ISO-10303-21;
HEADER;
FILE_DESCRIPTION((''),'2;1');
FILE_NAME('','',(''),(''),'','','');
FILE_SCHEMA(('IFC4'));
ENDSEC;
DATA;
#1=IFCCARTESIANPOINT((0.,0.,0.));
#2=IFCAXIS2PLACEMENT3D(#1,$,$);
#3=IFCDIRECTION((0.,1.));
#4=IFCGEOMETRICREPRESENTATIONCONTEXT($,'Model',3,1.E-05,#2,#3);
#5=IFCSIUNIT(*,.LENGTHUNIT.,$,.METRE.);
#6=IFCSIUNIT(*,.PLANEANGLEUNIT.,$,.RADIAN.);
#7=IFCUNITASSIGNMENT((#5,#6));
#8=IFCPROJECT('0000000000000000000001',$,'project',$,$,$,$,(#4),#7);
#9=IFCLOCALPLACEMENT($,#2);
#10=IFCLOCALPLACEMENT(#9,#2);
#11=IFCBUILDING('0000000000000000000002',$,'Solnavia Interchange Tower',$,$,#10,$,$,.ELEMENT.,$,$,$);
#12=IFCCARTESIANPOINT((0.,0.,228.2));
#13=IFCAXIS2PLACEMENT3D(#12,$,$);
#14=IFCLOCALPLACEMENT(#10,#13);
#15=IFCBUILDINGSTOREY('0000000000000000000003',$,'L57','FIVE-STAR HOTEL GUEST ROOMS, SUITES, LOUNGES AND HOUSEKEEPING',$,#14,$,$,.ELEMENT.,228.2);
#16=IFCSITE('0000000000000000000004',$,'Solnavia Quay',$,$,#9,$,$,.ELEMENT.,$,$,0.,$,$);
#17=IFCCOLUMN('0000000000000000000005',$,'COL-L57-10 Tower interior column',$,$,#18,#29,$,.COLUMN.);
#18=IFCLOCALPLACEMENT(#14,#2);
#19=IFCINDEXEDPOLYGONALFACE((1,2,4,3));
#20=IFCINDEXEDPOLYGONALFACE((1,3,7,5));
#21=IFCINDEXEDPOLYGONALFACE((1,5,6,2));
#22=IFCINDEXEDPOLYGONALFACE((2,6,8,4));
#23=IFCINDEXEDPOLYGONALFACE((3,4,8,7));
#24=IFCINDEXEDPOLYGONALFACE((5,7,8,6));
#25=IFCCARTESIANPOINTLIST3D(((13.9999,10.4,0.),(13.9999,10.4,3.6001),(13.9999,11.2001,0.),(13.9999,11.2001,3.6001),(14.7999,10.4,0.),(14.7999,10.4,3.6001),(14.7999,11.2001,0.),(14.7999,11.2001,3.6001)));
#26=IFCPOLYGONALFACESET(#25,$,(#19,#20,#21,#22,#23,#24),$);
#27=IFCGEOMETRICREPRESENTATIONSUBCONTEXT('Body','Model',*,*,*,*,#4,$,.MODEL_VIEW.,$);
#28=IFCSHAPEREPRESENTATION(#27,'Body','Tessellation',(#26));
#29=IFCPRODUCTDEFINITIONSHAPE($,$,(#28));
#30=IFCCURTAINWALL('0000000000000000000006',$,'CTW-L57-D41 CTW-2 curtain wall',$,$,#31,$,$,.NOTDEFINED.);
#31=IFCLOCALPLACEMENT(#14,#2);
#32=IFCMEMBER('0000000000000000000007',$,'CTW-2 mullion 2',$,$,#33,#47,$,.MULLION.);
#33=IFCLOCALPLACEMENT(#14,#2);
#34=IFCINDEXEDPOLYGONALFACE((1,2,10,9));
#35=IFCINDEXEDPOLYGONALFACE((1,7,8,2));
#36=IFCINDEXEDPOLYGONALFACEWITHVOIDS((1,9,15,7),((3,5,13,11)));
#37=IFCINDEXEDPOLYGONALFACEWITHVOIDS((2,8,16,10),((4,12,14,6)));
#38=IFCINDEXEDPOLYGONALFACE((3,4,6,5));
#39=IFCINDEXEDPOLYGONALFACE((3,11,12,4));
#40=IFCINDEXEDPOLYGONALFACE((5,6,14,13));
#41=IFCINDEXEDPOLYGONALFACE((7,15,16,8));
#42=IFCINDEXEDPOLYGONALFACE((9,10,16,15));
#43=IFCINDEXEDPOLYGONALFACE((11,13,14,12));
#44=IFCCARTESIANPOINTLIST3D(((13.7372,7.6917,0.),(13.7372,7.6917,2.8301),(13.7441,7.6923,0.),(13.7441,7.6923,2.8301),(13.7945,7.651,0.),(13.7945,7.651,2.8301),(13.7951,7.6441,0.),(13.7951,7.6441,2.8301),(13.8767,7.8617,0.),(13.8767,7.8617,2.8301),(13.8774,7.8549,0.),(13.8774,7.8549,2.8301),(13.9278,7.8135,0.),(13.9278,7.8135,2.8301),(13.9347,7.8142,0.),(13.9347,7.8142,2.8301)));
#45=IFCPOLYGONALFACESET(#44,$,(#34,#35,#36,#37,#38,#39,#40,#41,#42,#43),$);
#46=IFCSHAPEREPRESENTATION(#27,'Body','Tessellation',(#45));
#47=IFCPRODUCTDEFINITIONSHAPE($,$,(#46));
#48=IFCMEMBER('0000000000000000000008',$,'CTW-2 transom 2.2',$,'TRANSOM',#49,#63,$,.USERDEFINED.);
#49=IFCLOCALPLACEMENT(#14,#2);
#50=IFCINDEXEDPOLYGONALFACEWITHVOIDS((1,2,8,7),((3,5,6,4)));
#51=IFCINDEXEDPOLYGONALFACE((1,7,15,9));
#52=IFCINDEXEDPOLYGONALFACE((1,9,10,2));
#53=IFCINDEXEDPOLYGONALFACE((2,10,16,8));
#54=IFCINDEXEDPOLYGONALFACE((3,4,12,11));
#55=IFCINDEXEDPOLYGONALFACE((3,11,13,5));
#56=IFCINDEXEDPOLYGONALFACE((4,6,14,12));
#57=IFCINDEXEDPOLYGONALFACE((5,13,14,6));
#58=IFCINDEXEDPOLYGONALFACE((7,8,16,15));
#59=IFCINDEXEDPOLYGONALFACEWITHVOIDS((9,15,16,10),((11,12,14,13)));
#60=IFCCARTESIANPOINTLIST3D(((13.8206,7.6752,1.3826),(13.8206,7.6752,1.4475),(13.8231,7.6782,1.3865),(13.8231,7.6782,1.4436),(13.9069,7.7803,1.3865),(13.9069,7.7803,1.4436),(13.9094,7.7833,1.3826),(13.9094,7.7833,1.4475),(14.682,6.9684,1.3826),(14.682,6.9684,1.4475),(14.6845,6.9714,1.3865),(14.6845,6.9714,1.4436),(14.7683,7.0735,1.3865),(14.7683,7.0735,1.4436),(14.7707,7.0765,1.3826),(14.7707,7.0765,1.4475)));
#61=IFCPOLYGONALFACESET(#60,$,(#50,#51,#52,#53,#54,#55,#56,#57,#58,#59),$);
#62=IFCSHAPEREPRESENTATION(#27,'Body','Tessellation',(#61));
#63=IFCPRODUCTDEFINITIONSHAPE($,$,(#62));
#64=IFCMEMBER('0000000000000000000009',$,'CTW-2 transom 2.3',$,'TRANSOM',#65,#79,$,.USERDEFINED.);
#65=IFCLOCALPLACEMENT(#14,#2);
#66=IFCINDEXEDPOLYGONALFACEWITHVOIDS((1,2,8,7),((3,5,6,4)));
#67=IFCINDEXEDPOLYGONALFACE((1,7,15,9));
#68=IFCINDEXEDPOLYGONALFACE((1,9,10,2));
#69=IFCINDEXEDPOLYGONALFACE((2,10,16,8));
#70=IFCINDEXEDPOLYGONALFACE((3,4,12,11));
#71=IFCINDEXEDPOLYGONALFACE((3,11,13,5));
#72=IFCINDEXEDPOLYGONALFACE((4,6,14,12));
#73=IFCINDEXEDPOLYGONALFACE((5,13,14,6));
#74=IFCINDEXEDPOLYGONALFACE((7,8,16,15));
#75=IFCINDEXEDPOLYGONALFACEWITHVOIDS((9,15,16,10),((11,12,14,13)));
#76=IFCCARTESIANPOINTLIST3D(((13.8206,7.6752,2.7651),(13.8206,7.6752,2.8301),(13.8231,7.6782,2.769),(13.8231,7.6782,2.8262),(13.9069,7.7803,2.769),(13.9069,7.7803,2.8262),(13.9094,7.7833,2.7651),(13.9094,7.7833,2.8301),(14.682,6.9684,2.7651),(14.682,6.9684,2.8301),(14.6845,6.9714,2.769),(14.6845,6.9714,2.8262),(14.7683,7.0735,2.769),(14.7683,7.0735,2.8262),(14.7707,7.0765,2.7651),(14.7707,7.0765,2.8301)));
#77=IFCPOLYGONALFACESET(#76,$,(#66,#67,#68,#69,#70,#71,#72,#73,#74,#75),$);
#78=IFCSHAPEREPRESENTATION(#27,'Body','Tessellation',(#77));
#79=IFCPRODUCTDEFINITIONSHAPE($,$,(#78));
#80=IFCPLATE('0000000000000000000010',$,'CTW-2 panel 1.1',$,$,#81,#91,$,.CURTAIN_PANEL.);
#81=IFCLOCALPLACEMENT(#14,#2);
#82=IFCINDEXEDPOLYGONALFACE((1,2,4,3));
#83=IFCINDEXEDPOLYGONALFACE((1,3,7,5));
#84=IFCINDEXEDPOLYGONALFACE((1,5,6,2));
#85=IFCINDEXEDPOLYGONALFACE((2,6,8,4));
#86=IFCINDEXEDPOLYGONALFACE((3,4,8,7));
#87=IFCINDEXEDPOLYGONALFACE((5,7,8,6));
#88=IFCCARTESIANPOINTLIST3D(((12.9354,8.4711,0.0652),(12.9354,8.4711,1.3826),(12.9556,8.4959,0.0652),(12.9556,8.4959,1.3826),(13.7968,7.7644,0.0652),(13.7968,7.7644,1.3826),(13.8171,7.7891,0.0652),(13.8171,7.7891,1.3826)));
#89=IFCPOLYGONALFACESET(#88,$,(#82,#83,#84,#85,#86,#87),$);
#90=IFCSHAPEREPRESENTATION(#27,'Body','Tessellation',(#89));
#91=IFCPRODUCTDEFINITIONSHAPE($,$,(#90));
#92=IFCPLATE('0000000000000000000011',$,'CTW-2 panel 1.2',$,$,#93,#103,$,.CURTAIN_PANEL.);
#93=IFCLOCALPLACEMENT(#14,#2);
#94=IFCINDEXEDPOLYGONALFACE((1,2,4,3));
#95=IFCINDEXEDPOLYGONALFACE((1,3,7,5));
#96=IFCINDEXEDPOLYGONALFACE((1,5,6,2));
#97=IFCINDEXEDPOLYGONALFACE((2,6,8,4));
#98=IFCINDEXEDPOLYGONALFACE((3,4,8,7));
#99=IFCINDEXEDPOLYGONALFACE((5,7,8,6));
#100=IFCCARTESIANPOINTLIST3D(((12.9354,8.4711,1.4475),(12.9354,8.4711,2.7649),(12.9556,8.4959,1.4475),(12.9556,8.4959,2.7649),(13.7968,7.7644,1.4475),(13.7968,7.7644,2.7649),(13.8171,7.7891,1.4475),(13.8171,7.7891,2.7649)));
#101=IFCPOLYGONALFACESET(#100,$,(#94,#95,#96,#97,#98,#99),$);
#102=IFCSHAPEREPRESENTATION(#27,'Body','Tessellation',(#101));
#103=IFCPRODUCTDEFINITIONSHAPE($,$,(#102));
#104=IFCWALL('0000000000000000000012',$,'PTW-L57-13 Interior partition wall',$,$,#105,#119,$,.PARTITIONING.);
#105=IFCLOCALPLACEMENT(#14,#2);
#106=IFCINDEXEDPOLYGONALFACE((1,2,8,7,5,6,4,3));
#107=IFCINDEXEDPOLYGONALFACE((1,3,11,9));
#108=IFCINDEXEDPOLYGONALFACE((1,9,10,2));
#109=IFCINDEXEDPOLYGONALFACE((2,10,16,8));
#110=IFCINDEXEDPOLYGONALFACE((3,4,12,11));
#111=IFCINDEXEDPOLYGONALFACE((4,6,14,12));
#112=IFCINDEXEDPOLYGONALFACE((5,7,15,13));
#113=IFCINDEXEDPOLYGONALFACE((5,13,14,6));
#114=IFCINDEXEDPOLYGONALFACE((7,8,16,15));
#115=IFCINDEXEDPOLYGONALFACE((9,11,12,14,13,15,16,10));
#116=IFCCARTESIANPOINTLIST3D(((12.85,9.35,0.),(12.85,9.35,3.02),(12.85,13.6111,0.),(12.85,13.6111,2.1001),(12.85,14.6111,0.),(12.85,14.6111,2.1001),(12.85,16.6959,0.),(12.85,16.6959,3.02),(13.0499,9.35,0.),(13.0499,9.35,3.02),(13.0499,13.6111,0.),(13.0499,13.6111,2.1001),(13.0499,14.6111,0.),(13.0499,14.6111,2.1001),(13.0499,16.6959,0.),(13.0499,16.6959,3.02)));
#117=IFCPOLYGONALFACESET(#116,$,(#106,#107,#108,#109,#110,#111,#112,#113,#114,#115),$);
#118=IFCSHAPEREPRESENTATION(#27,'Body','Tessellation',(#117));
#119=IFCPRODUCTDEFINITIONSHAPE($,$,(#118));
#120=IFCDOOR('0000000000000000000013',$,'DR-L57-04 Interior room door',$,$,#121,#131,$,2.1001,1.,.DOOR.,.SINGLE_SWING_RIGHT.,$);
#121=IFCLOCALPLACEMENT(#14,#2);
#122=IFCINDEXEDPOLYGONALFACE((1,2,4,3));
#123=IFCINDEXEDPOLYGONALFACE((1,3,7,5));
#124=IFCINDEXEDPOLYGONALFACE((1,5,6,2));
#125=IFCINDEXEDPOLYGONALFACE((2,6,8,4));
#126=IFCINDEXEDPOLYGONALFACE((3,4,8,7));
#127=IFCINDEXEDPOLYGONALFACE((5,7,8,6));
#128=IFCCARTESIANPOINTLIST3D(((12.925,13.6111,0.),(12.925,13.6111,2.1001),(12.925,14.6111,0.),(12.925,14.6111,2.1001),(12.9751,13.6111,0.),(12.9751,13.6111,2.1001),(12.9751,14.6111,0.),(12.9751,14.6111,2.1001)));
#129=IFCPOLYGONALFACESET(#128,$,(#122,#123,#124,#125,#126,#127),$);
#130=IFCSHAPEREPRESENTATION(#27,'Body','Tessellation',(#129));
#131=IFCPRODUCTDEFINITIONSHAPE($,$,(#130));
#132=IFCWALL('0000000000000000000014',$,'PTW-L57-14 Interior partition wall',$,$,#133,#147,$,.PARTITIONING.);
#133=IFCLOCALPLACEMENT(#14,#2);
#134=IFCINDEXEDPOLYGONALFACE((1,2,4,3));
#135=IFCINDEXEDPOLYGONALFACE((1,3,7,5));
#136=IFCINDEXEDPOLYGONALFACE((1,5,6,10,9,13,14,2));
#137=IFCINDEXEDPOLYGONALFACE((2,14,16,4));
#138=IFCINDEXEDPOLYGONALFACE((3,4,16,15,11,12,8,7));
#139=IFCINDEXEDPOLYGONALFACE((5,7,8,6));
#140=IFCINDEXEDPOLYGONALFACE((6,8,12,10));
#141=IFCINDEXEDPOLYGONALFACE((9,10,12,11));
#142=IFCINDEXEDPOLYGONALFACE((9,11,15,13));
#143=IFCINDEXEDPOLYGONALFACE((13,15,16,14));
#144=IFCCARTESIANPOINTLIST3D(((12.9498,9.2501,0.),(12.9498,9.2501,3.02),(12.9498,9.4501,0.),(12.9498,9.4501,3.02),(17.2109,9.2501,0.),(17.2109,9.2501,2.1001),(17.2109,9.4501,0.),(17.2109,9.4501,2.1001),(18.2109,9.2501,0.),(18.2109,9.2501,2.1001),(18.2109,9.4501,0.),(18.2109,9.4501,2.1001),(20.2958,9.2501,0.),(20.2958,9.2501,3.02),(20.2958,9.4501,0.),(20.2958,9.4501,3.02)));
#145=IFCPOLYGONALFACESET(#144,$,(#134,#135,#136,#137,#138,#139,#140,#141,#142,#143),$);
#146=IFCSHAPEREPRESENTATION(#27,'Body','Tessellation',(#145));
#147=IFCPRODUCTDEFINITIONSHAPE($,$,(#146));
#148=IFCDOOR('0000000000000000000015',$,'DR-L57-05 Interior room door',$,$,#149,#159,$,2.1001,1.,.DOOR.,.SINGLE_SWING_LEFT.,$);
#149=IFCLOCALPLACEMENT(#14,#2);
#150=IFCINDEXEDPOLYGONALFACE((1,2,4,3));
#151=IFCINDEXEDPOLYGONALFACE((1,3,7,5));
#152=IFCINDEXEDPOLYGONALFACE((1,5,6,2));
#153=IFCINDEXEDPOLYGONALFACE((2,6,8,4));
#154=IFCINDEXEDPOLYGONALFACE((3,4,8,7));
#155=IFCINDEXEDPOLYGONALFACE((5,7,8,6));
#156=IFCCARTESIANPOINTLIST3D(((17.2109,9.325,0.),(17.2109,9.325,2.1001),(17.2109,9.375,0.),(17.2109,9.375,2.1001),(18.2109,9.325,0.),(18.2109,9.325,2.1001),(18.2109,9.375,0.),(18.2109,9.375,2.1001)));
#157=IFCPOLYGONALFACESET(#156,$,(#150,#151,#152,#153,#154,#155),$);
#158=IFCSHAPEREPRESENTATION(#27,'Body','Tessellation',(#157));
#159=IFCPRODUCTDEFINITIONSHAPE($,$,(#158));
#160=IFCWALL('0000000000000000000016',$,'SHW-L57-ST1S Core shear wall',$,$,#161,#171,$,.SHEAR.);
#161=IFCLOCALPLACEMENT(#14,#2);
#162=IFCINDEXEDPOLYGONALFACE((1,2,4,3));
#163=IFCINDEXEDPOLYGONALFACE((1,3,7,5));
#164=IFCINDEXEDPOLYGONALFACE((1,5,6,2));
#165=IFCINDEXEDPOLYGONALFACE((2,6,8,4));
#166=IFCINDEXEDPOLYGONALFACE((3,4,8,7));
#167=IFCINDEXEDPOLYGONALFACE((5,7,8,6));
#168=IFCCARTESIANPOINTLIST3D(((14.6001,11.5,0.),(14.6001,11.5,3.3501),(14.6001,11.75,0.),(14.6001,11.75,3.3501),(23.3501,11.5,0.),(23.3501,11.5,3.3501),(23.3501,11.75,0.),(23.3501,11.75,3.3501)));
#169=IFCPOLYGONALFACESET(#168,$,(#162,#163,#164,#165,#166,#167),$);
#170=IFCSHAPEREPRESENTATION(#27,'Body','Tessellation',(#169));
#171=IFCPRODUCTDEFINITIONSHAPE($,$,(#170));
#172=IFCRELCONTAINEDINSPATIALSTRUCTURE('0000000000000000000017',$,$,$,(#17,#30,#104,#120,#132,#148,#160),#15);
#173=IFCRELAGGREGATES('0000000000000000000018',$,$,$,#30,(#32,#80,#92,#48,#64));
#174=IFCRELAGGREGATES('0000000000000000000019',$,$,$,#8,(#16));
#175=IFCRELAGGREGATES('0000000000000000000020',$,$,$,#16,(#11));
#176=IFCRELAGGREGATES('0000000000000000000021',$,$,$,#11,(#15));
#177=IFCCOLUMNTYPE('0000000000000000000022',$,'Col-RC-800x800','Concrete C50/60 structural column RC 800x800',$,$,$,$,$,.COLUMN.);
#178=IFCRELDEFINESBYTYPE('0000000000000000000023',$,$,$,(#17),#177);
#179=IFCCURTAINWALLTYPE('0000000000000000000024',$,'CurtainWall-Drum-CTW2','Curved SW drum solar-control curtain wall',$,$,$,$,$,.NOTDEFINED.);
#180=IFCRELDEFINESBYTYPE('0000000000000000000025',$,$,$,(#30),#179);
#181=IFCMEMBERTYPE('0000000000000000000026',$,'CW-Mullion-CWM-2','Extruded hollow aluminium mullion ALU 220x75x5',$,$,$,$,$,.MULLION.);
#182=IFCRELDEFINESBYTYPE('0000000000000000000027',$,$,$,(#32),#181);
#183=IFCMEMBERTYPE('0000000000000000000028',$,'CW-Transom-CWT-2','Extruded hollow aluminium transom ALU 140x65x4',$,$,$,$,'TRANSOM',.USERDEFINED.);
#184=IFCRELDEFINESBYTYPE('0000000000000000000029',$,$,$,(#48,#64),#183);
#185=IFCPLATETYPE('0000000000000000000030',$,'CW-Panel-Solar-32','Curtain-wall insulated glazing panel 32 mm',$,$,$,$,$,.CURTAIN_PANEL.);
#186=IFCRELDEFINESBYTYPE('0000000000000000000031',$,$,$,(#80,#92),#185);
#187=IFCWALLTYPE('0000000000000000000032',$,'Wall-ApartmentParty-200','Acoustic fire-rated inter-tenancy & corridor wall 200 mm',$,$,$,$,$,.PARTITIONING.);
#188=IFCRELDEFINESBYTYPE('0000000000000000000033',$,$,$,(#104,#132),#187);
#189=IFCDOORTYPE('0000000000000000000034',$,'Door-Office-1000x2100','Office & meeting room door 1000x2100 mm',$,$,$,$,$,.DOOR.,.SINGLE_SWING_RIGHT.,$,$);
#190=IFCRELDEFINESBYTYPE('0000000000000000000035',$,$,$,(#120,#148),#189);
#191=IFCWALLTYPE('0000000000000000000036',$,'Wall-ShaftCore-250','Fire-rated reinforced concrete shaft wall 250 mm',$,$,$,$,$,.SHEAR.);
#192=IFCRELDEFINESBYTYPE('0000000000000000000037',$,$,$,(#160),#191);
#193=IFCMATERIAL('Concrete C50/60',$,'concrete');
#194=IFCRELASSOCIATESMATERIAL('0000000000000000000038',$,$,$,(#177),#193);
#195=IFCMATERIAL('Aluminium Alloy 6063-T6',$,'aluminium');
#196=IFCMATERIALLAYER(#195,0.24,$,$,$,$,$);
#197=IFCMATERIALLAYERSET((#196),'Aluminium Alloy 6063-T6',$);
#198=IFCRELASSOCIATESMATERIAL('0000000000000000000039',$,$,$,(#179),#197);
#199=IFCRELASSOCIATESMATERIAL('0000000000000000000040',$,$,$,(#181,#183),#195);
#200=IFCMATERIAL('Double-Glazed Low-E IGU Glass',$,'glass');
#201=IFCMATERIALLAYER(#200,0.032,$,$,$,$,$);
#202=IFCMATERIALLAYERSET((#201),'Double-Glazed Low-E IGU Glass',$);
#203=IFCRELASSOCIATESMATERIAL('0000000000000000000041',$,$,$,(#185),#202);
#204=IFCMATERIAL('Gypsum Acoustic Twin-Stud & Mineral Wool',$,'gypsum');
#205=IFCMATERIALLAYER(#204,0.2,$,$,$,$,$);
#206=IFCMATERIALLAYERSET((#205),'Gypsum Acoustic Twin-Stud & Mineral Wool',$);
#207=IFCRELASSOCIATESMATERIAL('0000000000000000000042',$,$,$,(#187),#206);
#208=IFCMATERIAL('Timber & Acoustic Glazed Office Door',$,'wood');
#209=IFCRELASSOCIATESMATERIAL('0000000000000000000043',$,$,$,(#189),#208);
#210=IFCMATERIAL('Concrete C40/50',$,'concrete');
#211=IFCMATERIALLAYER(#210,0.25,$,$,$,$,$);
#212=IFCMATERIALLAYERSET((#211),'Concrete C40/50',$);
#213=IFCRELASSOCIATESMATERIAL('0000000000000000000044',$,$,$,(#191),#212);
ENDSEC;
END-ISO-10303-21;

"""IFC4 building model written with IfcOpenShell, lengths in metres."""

from ifc_helpers import new_model, si_unit, direction, frame, frame_2d, origin, origin_2d, place, context, subcontext, project, spatial, rectangle, hollow_rectangle, extrude, material, layer, layer_set, material_profile, profile_set, type_object, element, fill, aggregate, save


model = new_model("IFC4")

# Units and contexts
model_context = context("Model", 3, precision=1e-05, world=origin(), true_north=direction((0.0, 1.0)))
body_context = subcontext(model_context, "Body", "Model", "MODEL_VIEW")
ifc_project = project(units=[si_unit("LENGTHUNIT", "METRE"), si_unit("PLANEANGLEUNIT", "RADIAN")], contexts=[model_context])

# Site, building, storey
site_placement = place(None, origin())
site = spatial("IfcSite", under=ifc_project, at=site_placement, Name="Solnavia Quay", CompositionType="ELEMENT", RefElevation=0.0)
building_placement = place(site_placement, origin())
building = spatial("IfcBuilding", under=site, at=building_placement, Name="Solnavia Interchange Tower", CompositionType="ELEMENT")
storey_placement = place(building_placement, frame((0.0, 0.0, 228.2)))
storey = spatial("IfcBuildingStorey", under=building, at=storey_placement, Name="L57", Description="FIVE-STAR HOTEL GUEST ROOMS, SUITES, LOUNGES AND HOUSEKEEPING", CompositionType="ELEMENT", Elevation=228.2)

# Column
ifc_material_1 = material(Name="Concrete C50/60", Category="concrete")
ifc_material_profile_1 = material_profile(ifc_material_1, rectangle(XDim=0.8, YDim=0.8, at=origin_2d()), Name="RC 800x800")
ifc_profile_set_1 = profile_set([ifc_material_profile_1], Name="Concrete C50/60")
column_type = type_object("IfcColumnType", Name="Col-RC-800x800", Description="Concrete C50/60 structural column RC 800x800", PredefinedType="COLUMN", material=ifc_profile_set_1)
column_placement = place(storey_placement, frame((14.3999, 10.8, 0.0), z_axis=(0.0, 0.0, 1.0), x_axis=(1.0, 0.0, 0.0)))
element("IfcColumn", 1, at=column_placement, inside=storey, type_object=column_type, Name="COL-L57-10 Tower interior column", PredefinedType="COLUMN", context=body_context, shape_type="SweptSolid", body=[
    extrude(rectangle(XDim=0.8, YDim=0.8, at=origin_2d()), origin(), (0.0, 0.0, 1.0), 3.6001),
])

# Curtain wall, members, plates
ifc_material_2 = material(Name="Aluminium Alloy 6063-T6", Category="aluminium")
ifc_layer_1 = layer(ifc_material_2, 0.24)
ifc_layer_set_1 = layer_set([ifc_layer_1], Name="Aluminium Alloy 6063-T6")
curtain_wall_type = type_object("IfcCurtainWallType", Name="CurtainWall-Drum-CTW2", Description="Curved SW drum solar-control curtain wall", PredefinedType="NOTDEFINED", material=ifc_layer_set_1)
curtain_wall_placement = place(storey_placement, origin())
curtain_wall = element("IfcCurtainWall", 2, at=curtain_wall_placement, inside=storey, type_object=curtain_wall_type, Name="CTW-L57-D41 CTW-2 curtain wall", PredefinedType="NOTDEFINED")
ifc_material_profile_2 = material_profile(ifc_material_2, hollow_rectangle(XDim=0.075, YDim=0.22, WallThickness=0.0049, at=origin_2d()), Name="ALU 220x75x5")
ifc_profile_set_2 = profile_set([ifc_material_profile_2], Name="Aluminium Alloy 6063-T6")
member_type_1 = type_object("IfcMemberType", Name="CW-Mullion-CWM-2", Description="Extruded hollow aluminium mullion ALU 220x75x5", PredefinedType="MULLION", material=ifc_profile_set_2)
member_1_placement = place(storey_placement, frame((13.8359, 7.7529, 0.0), z_axis=(0.0, 0.0, 1.0), x_axis=(0.773103, -0.63428, 0.0)))
member_1 = element("IfcMember", 3, at=member_1_placement, type_object=member_type_1, Name="CTW-2 mullion 2", PredefinedType="MULLION", context=body_context, shape_type="SweptSolid", body=[
    extrude(hollow_rectangle(XDim=0.075, YDim=0.22, WallThickness=0.0049, at=origin_2d()), origin(), (0.0, 0.0, 1.0), 2.8301),
])
ifc_material_profile_3 = material_profile(ifc_material_2, hollow_rectangle(XDim=0.0649, YDim=0.1399, WallThickness=0.0039, at=origin_2d()), Name="ALU 140x65x4")
ifc_profile_set_3 = profile_set([ifc_material_profile_3], Name="Aluminium Alloy 6063-T6")
member_type_2 = type_object("IfcMemberType", Name="CW-Transom-CWT-2", Description="Extruded hollow aluminium transom ALU 140x65x4", ElementType="TRANSOM", PredefinedType="USERDEFINED", material=ifc_profile_set_3)
member_2_placement = place(storey_placement, frame((13.865, 7.7292, 1.415), z_axis=(0.773049, -0.634347, 0.0), x_axis=(0.0, 0.0, 1.0)))
member_2 = element("IfcMember", 4, at=member_2_placement, type_object=member_type_2, Name="CTW-2 transom 2.2", ObjectType="TRANSOM", PredefinedType="USERDEFINED", context=body_context, shape_type="SweptSolid", body=[
    extrude(hollow_rectangle(XDim=0.0649, YDim=0.1399, WallThickness=0.0039, at=origin_2d()), origin(), (0.0, 0.0, 1.0), 1.1143),
])
member_3_placement = place(storey_placement, frame((13.865, 7.7292, 2.7976), z_axis=(0.773049, -0.634347, 0.0), x_axis=(0.0, 0.0, 1.0)))
member_3 = element("IfcMember", 5, at=member_3_placement, type_object=member_type_2, Name="CTW-2 transom 2.3", ObjectType="TRANSOM", PredefinedType="USERDEFINED", context=body_context, shape_type="SweptSolid", body=[
    extrude(hollow_rectangle(XDim=0.0649, YDim=0.1399, WallThickness=0.0039, at=origin_2d()), origin(), (0.0, 0.0, 1.0), 1.1143),
])
ifc_material_3 = material(Name="Double-Glazed Low-E IGU Glass", Category="glass")
ifc_layer_2 = layer(ifc_material_3, 0.032)
ifc_layer_set_2 = layer_set([ifc_layer_2], Name="Double-Glazed Low-E IGU Glass")
plate_type = type_object("IfcPlateType", Name="CW-Panel-Solar-32", Description="Curtain-wall insulated glazing panel 32 mm", PredefinedType="CURTAIN_PANEL", material=ifc_layer_set_2)
plate_1_placement = place(storey_placement, frame((13.3762, 8.1301, 0.0652), z_axis=(0.0, 0.0, 1.0), x_axis=(0.773103, -0.63428, 0.0)))
plate_1 = element("IfcPlate", 6, at=plate_1_placement, type_object=plate_type, Name="CTW-2 panel 1.1", PredefinedType="CURTAIN_PANEL", context=body_context, shape_type="SweptSolid", body=[
    extrude(rectangle(XDim=1.1143, YDim=0.032, at=origin_2d()), origin(), (0.0, 0.0, 1.0), 1.3174),
])
plate_2_placement = place(storey_placement, frame((13.3762, 8.1301, 1.4475), z_axis=(0.0, 0.0, 1.0), x_axis=(0.773103, -0.63428, 0.0)))
plate_2 = element("IfcPlate", 7, at=plate_2_placement, type_object=plate_type, Name="CTW-2 panel 1.2", PredefinedType="CURTAIN_PANEL", context=body_context, shape_type="SweptSolid", body=[
    extrude(rectangle(XDim=1.1143, YDim=0.032, at=origin_2d()), origin(), (0.0, 0.0, 1.0), 1.3174),
])
aggregate(curtain_wall, [member_1, plate_1, plate_2, member_2, member_3])

# Walls, openings, doors
ifc_material_4 = material(Name="Gypsum Acoustic Twin-Stud & Mineral Wool", Category="gypsum")
ifc_layer_3 = layer(ifc_material_4, 0.2)
ifc_layer_set_3 = layer_set([ifc_layer_3], Name="Gypsum Acoustic Twin-Stud & Mineral Wool")
wall_type_1 = type_object("IfcWallType", Name="Wall-ApartmentParty-200", Description="Acoustic fire-rated inter-tenancy & corridor wall 200 mm", PredefinedType="PARTITIONING", material=ifc_layer_set_3)
wall_1_placement = place(storey_placement, frame((12.95, 9.3501, 0.0), z_axis=(0.0, 0.0, 1.0), x_axis=(0.0, 1.0, 0.0)))
wall_1 = element("IfcWall", 8, at=wall_1_placement, inside=storey, type_object=wall_type_1, Name="PTW-L57-13 Interior partition wall", PredefinedType="PARTITIONING", context=body_context, shape_type="SweptSolid", body=[
    extrude(rectangle(XDim=7.3459, YDim=0.2, at=frame_2d((3.6729, 0.0))), origin(), (0.0, 0.0, 1.0), 3.02),
])
opening_1_placement = place(wall_1_placement, frame((4.261, 0.0, 0.0)))
opening_1 = element("IfcOpeningElement", 9, at=opening_1_placement, cuts=wall_1, PredefinedType="OPENING", context=body_context, shape_type="SweptSolid", body=[
    extrude(rectangle(XDim=1.0, YDim=2.1001, at=frame_2d((0.5, 1.05))), frame((0.0, 0.1099, 0.0), z_axis=(0.0, -1.0, 0.0), x_axis=(1.0, 0.0, 0.0)), (0.0, 0.0, 1.0), 0.22),
])
ifc_material_5 = material(Name="Timber & Acoustic Glazed Office Door", Category="wood")
door_type_1 = type_object("IfcDoorType", Name="Door-Office-1000x2100", Description="Office & meeting room door 1000x2100 mm", OperationType="SINGLE_SWING_RIGHT", PredefinedType="DOOR", material=ifc_material_5)
door_1_placement = place(opening_1_placement, origin())
door_1 = element("IfcDoor", 10, at=door_1_placement, inside=storey, type_object=door_type_1, Name="DR-L57-04 Interior room door", OperationType="SINGLE_SWING_RIGHT", OverallHeight=2.1001, OverallWidth=1.0, PredefinedType="DOOR", context=body_context, shape_type="SweptSolid", body=[
    extrude(rectangle(XDim=1.0, YDim=2.1001, at=frame_2d((0.5, 1.05))), frame((0.0, 0.0249, 0.0), z_axis=(0.0, -1.0, 0.0), x_axis=(1.0, 0.0, 0.0)), (0.0, 0.0, 1.0), 0.05),
])
fill(opening_1, door_1)
wall_2_placement = place(storey_placement, frame((12.95, 9.3501, 0.0), z_axis=(0.0, 0.0, 1.0), x_axis=(1.0, 0.0, 0.0)))
wall_2 = element("IfcWall", 11, at=wall_2_placement, inside=storey, type_object=wall_type_1, Name="PTW-L57-14 Interior partition wall", PredefinedType="PARTITIONING", context=body_context, shape_type="SweptSolid", body=[
    extrude(rectangle(XDim=7.3459, YDim=0.2, at=frame_2d((3.6729, 0.0))), origin(), (0.0, 0.0, 1.0), 3.02),
])
opening_2_placement = place(wall_2_placement, frame((4.261, 0.0, 0.0)))
opening_2 = element("IfcOpeningElement", 12, at=opening_2_placement, cuts=wall_2, PredefinedType="OPENING", context=body_context, shape_type="SweptSolid", body=[
    extrude(rectangle(XDim=1.0, YDim=2.1001, at=frame_2d((0.5, 1.05))), frame((0.0, 0.1099, 0.0), z_axis=(0.0, -1.0, 0.0), x_axis=(1.0, 0.0, 0.0)), (0.0, 0.0, 1.0), 0.22),
])
door_2_placement = place(opening_2_placement, origin())
door_2 = element("IfcDoor", 13, at=door_2_placement, inside=storey, type_object=door_type_1, Name="DR-L57-05 Interior room door", OperationType="SINGLE_SWING_LEFT", OverallHeight=2.1001, OverallWidth=1.0, PredefinedType="DOOR", context=body_context, shape_type="SweptSolid", body=[
    extrude(rectangle(XDim=1.0, YDim=2.1001, at=frame_2d((0.5, 1.05))), frame((0.0, 0.0249, 0.0), z_axis=(0.0, -1.0, 0.0), x_axis=(1.0, 0.0, 0.0)), (0.0, 0.0, 1.0), 0.05),
])
fill(opening_2, door_2)

# Wall
ifc_material_6 = material(Name="Concrete C40/50", Category="concrete")
ifc_layer_4 = layer(ifc_material_6, 0.25)
ifc_layer_set_4 = layer_set([ifc_layer_4], Name="Concrete C40/50")
wall_type_2 = type_object("IfcWallType", Name="Wall-ShaftCore-250", Description="Fire-rated reinforced concrete shaft wall 250 mm", PredefinedType="SHEAR", material=ifc_layer_set_4)
wall_3_placement = place(storey_placement, frame((14.6001, 11.625, 0.0), z_axis=(0.0, 0.0, 1.0), x_axis=(1.0, 0.0, 0.0)))
element("IfcWall", 14, at=wall_3_placement, inside=storey, type_object=wall_type_2, Name="SHW-L57-ST1S Core shear wall", PredefinedType="SHEAR", context=body_context, shape_type="SweptSolid", body=[
    extrude(rectangle(XDim=8.75, YDim=0.25, at=frame_2d((4.375, 0.0))), origin(), (0.0, 0.0, 1.0), 3.3501),
])

save(model, "model.ifc")
